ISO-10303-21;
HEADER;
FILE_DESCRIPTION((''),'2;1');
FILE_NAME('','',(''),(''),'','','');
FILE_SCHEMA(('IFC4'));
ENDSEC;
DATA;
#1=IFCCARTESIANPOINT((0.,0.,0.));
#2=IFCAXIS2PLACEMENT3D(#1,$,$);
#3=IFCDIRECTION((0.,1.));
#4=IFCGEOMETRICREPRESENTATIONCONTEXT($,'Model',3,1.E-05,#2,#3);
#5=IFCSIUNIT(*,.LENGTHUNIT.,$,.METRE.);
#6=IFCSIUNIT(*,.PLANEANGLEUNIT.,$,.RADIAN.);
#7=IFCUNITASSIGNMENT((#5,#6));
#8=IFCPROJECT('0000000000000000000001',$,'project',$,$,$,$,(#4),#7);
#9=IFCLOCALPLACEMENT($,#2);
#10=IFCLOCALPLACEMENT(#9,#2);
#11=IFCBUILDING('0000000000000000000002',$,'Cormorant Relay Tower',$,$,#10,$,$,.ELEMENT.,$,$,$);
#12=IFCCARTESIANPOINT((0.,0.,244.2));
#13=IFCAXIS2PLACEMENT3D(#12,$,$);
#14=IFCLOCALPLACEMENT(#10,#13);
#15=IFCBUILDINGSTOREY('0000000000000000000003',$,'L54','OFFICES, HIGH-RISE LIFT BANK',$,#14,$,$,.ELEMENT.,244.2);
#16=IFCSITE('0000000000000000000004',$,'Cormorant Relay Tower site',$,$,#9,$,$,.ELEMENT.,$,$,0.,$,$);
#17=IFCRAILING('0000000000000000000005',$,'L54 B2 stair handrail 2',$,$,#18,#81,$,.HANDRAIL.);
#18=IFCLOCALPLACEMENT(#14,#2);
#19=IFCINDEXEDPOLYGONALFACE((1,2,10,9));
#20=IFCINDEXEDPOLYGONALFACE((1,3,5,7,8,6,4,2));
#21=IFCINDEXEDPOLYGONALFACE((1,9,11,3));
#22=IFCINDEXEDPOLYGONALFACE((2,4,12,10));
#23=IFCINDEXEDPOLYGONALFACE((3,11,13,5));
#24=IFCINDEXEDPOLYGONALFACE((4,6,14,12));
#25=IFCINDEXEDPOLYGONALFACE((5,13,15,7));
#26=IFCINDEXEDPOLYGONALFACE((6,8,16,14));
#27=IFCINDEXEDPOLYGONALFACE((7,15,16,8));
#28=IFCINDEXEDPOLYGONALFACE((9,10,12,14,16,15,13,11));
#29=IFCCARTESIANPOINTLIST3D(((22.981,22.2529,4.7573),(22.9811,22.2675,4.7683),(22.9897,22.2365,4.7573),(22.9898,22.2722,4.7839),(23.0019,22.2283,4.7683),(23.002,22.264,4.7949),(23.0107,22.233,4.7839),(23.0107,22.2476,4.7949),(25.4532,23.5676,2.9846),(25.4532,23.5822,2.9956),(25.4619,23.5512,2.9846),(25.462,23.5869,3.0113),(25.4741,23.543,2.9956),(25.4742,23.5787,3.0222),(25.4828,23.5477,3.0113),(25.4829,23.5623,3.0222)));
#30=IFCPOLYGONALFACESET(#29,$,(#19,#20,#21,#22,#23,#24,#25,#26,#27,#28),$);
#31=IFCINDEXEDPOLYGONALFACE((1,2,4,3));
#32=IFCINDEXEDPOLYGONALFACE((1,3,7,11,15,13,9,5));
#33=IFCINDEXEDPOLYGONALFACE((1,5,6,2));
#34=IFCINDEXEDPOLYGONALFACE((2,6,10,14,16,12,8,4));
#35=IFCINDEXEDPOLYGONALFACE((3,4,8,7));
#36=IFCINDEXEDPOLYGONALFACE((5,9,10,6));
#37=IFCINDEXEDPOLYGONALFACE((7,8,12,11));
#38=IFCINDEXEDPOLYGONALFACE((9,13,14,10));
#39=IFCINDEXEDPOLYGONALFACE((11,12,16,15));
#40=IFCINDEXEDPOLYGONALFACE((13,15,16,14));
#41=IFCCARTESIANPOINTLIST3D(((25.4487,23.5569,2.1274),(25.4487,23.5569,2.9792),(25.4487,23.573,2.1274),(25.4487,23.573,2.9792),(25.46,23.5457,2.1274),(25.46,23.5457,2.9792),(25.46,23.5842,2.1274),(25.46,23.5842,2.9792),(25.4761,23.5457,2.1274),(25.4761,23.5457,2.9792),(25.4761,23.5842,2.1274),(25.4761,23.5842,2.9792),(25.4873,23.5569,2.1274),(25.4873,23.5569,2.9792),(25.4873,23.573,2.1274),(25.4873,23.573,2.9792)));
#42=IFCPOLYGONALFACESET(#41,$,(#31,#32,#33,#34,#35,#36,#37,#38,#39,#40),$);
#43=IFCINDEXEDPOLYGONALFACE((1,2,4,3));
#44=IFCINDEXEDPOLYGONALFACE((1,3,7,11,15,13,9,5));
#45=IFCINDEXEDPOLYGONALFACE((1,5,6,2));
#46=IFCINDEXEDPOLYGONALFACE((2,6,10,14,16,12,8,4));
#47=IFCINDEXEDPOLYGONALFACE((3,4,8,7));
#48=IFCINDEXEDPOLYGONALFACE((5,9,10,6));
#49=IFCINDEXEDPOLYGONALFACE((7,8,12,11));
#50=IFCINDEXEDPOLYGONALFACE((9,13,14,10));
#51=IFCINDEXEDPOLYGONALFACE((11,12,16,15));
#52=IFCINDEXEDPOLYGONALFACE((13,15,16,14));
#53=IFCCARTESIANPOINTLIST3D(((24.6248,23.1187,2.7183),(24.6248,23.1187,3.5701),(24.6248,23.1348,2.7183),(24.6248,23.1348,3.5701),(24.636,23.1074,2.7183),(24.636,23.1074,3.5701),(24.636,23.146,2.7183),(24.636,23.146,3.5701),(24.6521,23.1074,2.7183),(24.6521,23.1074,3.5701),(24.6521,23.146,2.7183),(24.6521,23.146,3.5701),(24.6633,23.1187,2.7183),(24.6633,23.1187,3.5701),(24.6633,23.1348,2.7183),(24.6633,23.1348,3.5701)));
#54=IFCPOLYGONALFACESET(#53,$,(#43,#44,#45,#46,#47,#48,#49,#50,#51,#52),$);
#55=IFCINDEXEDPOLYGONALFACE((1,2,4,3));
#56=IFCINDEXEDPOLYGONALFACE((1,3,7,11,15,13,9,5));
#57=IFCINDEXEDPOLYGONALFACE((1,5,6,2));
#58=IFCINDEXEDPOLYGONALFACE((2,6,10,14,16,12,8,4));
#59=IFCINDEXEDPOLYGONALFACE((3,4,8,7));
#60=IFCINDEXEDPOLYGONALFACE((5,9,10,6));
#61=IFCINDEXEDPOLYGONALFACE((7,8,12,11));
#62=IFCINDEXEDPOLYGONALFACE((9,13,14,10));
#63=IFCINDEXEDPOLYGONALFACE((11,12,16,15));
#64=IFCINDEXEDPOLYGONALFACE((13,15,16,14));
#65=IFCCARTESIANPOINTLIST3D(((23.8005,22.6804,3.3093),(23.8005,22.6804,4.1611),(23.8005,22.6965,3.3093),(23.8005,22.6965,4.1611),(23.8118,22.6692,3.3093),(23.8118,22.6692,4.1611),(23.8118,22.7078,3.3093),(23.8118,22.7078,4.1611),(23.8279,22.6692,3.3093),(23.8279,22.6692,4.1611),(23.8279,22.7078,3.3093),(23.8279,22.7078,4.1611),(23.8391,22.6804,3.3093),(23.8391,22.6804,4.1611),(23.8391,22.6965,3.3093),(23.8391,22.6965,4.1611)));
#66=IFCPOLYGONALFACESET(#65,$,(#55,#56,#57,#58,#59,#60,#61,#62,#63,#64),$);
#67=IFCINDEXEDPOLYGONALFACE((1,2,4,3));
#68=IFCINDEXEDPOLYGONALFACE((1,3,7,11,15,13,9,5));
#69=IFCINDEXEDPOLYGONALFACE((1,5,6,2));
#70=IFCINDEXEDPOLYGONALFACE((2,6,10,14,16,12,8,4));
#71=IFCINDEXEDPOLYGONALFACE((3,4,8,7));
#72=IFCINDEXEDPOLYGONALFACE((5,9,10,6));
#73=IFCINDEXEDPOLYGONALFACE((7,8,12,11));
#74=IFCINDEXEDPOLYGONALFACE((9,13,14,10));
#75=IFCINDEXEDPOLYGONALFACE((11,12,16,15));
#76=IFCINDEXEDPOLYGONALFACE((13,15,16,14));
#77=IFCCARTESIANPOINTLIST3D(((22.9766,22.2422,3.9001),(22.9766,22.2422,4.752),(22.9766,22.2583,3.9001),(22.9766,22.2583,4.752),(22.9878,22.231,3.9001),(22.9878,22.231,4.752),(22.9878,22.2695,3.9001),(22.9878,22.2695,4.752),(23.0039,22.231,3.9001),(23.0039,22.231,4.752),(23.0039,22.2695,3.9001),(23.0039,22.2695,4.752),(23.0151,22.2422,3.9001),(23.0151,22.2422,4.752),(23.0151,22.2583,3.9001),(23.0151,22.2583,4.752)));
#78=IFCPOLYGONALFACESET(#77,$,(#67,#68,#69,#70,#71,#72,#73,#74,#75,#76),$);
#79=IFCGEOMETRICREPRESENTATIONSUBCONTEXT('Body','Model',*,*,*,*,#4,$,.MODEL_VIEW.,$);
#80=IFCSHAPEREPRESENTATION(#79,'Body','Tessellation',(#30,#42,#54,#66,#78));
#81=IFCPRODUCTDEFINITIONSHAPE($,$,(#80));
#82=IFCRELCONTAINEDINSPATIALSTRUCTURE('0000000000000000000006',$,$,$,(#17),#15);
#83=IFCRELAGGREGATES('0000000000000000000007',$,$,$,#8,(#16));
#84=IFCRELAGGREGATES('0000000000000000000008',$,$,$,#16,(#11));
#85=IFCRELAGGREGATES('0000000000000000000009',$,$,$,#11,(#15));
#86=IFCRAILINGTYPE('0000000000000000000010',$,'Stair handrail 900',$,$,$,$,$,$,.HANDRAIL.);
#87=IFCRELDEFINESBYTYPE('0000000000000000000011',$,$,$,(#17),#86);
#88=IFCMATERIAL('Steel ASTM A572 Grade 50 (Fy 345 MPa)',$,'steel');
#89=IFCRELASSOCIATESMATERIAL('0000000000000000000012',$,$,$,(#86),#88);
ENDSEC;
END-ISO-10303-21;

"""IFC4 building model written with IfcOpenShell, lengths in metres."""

from ifc_helpers import new_model, si_unit, direction, frame, origin, place, context, subcontext, project, spatial, polyline, outline, extrude, material, type_object, element, save


model = new_model("IFC4")

# Units and contexts
model_context = context("Model", 3, precision=1e-05, world=origin(), true_north=direction((0.0, 1.0)))
body_context = subcontext(model_context, "Body", "Model", "MODEL_VIEW")
ifc_project = project(units=[si_unit("LENGTHUNIT", "METRE"), si_unit("PLANEANGLEUNIT", "RADIAN")], contexts=[model_context])

# Site, building, storey
site_placement = place(None, origin())
site = spatial("IfcSite", under=ifc_project, at=site_placement, Name="Cormorant Relay Tower site", CompositionType="ELEMENT", RefElevation=0.0)
building_placement = place(site_placement, origin())
building = spatial("IfcBuilding", under=site, at=building_placement, Name="Cormorant Relay Tower", CompositionType="ELEMENT")
storey_placement = place(building_placement, frame((0.0, 0.0, 244.2)))
storey = spatial("IfcBuildingStorey", under=building, at=storey_placement, Name="L54", Description="OFFICES, HIGH-RISE LIFT BANK", CompositionType="ELEMENT", Elevation=244.2)

# Railing
ifc_material_1 = material(Name="Steel ASTM A572 Grade 50 (Fy 345 MPa)", Category="steel")
railing_type = type_object("IfcRailingType", Name="Stair handrail 900", PredefinedType="HANDRAIL", material=ifc_material_1)
railing_placement = place(storey_placement, frame((25.468, 23.5649, 2.1274)))
element("IfcRailing", 1, at=railing_placement, inside=storey, type_object=railing_type, Name="L54 B2 stair handrail 2", PredefinedType="HANDRAIL", context=body_context, shape_type="SweptSolid", body=[
    extrude(outline(polyline([(0.0222, 0.0093), (0.0093, 0.0222), (-0.0093, 0.0222), (-0.0222, 0.0093), (-0.0222, -0.0093), (-0.0093, -0.0222), (0.0093, -0.0222), (0.0222, -0.0093), (0.0222, 0.0093)])), frame((0.0, 0.0, 0.876), z_axis=(-0.745979, -0.396711, 0.534916), x_axis=(0.469533, -0.882915, 0.0)), (0.0, 0.0, 1.0), 3.314),
    extrude(outline(polyline([(0.0193, 0.0081), (0.0081, 0.0193), (-0.0081, 0.0193), (-0.0193, 0.0081), (-0.0193, -0.0081), (-0.0081, -0.0193), (0.0081, -0.0193), (0.0193, -0.0081), (0.0193, 0.0081)])), origin(), (0.0, 0.0, 1.0), 0.8518),
    extrude(outline(polyline([(0.0193, 0.0081), (0.0081, 0.0193), (-0.0081, 0.0193), (-0.0193, 0.0081), (-0.0193, -0.0081), (-0.0081, -0.0193), (0.0081, -0.0193), (0.0193, -0.0081), (0.0193, 0.0081)])), frame((-0.824, -0.4382, 0.5908)), (0.0, 0.0, 1.0), 0.8518),
    extrude(outline(polyline([(0.0193, 0.0081), (0.0081, 0.0193), (-0.0081, 0.0193), (-0.0193, 0.0081), (-0.0193, -0.0081), (-0.0081, -0.0193), (0.0081, -0.0193), (0.0193, -0.0081), (0.0193, 0.0081)])), frame((-1.6482, -0.8765, 1.1819)), (0.0, 0.0, 1.0), 0.8518),
    extrude(outline(polyline([(0.0193, 0.0081), (0.0081, 0.0193), (-0.0081, 0.0193), (-0.0193, 0.0081), (-0.0193, -0.0081), (-0.0081, -0.0193), (0.0081, -0.0193), (0.0193, -0.0081), (0.0193, 0.0081)])), frame((-2.4722, -1.3147, 1.7727)), (0.0, 0.0, 1.0), 0.8518),
])

save(model, "model.ifc")
